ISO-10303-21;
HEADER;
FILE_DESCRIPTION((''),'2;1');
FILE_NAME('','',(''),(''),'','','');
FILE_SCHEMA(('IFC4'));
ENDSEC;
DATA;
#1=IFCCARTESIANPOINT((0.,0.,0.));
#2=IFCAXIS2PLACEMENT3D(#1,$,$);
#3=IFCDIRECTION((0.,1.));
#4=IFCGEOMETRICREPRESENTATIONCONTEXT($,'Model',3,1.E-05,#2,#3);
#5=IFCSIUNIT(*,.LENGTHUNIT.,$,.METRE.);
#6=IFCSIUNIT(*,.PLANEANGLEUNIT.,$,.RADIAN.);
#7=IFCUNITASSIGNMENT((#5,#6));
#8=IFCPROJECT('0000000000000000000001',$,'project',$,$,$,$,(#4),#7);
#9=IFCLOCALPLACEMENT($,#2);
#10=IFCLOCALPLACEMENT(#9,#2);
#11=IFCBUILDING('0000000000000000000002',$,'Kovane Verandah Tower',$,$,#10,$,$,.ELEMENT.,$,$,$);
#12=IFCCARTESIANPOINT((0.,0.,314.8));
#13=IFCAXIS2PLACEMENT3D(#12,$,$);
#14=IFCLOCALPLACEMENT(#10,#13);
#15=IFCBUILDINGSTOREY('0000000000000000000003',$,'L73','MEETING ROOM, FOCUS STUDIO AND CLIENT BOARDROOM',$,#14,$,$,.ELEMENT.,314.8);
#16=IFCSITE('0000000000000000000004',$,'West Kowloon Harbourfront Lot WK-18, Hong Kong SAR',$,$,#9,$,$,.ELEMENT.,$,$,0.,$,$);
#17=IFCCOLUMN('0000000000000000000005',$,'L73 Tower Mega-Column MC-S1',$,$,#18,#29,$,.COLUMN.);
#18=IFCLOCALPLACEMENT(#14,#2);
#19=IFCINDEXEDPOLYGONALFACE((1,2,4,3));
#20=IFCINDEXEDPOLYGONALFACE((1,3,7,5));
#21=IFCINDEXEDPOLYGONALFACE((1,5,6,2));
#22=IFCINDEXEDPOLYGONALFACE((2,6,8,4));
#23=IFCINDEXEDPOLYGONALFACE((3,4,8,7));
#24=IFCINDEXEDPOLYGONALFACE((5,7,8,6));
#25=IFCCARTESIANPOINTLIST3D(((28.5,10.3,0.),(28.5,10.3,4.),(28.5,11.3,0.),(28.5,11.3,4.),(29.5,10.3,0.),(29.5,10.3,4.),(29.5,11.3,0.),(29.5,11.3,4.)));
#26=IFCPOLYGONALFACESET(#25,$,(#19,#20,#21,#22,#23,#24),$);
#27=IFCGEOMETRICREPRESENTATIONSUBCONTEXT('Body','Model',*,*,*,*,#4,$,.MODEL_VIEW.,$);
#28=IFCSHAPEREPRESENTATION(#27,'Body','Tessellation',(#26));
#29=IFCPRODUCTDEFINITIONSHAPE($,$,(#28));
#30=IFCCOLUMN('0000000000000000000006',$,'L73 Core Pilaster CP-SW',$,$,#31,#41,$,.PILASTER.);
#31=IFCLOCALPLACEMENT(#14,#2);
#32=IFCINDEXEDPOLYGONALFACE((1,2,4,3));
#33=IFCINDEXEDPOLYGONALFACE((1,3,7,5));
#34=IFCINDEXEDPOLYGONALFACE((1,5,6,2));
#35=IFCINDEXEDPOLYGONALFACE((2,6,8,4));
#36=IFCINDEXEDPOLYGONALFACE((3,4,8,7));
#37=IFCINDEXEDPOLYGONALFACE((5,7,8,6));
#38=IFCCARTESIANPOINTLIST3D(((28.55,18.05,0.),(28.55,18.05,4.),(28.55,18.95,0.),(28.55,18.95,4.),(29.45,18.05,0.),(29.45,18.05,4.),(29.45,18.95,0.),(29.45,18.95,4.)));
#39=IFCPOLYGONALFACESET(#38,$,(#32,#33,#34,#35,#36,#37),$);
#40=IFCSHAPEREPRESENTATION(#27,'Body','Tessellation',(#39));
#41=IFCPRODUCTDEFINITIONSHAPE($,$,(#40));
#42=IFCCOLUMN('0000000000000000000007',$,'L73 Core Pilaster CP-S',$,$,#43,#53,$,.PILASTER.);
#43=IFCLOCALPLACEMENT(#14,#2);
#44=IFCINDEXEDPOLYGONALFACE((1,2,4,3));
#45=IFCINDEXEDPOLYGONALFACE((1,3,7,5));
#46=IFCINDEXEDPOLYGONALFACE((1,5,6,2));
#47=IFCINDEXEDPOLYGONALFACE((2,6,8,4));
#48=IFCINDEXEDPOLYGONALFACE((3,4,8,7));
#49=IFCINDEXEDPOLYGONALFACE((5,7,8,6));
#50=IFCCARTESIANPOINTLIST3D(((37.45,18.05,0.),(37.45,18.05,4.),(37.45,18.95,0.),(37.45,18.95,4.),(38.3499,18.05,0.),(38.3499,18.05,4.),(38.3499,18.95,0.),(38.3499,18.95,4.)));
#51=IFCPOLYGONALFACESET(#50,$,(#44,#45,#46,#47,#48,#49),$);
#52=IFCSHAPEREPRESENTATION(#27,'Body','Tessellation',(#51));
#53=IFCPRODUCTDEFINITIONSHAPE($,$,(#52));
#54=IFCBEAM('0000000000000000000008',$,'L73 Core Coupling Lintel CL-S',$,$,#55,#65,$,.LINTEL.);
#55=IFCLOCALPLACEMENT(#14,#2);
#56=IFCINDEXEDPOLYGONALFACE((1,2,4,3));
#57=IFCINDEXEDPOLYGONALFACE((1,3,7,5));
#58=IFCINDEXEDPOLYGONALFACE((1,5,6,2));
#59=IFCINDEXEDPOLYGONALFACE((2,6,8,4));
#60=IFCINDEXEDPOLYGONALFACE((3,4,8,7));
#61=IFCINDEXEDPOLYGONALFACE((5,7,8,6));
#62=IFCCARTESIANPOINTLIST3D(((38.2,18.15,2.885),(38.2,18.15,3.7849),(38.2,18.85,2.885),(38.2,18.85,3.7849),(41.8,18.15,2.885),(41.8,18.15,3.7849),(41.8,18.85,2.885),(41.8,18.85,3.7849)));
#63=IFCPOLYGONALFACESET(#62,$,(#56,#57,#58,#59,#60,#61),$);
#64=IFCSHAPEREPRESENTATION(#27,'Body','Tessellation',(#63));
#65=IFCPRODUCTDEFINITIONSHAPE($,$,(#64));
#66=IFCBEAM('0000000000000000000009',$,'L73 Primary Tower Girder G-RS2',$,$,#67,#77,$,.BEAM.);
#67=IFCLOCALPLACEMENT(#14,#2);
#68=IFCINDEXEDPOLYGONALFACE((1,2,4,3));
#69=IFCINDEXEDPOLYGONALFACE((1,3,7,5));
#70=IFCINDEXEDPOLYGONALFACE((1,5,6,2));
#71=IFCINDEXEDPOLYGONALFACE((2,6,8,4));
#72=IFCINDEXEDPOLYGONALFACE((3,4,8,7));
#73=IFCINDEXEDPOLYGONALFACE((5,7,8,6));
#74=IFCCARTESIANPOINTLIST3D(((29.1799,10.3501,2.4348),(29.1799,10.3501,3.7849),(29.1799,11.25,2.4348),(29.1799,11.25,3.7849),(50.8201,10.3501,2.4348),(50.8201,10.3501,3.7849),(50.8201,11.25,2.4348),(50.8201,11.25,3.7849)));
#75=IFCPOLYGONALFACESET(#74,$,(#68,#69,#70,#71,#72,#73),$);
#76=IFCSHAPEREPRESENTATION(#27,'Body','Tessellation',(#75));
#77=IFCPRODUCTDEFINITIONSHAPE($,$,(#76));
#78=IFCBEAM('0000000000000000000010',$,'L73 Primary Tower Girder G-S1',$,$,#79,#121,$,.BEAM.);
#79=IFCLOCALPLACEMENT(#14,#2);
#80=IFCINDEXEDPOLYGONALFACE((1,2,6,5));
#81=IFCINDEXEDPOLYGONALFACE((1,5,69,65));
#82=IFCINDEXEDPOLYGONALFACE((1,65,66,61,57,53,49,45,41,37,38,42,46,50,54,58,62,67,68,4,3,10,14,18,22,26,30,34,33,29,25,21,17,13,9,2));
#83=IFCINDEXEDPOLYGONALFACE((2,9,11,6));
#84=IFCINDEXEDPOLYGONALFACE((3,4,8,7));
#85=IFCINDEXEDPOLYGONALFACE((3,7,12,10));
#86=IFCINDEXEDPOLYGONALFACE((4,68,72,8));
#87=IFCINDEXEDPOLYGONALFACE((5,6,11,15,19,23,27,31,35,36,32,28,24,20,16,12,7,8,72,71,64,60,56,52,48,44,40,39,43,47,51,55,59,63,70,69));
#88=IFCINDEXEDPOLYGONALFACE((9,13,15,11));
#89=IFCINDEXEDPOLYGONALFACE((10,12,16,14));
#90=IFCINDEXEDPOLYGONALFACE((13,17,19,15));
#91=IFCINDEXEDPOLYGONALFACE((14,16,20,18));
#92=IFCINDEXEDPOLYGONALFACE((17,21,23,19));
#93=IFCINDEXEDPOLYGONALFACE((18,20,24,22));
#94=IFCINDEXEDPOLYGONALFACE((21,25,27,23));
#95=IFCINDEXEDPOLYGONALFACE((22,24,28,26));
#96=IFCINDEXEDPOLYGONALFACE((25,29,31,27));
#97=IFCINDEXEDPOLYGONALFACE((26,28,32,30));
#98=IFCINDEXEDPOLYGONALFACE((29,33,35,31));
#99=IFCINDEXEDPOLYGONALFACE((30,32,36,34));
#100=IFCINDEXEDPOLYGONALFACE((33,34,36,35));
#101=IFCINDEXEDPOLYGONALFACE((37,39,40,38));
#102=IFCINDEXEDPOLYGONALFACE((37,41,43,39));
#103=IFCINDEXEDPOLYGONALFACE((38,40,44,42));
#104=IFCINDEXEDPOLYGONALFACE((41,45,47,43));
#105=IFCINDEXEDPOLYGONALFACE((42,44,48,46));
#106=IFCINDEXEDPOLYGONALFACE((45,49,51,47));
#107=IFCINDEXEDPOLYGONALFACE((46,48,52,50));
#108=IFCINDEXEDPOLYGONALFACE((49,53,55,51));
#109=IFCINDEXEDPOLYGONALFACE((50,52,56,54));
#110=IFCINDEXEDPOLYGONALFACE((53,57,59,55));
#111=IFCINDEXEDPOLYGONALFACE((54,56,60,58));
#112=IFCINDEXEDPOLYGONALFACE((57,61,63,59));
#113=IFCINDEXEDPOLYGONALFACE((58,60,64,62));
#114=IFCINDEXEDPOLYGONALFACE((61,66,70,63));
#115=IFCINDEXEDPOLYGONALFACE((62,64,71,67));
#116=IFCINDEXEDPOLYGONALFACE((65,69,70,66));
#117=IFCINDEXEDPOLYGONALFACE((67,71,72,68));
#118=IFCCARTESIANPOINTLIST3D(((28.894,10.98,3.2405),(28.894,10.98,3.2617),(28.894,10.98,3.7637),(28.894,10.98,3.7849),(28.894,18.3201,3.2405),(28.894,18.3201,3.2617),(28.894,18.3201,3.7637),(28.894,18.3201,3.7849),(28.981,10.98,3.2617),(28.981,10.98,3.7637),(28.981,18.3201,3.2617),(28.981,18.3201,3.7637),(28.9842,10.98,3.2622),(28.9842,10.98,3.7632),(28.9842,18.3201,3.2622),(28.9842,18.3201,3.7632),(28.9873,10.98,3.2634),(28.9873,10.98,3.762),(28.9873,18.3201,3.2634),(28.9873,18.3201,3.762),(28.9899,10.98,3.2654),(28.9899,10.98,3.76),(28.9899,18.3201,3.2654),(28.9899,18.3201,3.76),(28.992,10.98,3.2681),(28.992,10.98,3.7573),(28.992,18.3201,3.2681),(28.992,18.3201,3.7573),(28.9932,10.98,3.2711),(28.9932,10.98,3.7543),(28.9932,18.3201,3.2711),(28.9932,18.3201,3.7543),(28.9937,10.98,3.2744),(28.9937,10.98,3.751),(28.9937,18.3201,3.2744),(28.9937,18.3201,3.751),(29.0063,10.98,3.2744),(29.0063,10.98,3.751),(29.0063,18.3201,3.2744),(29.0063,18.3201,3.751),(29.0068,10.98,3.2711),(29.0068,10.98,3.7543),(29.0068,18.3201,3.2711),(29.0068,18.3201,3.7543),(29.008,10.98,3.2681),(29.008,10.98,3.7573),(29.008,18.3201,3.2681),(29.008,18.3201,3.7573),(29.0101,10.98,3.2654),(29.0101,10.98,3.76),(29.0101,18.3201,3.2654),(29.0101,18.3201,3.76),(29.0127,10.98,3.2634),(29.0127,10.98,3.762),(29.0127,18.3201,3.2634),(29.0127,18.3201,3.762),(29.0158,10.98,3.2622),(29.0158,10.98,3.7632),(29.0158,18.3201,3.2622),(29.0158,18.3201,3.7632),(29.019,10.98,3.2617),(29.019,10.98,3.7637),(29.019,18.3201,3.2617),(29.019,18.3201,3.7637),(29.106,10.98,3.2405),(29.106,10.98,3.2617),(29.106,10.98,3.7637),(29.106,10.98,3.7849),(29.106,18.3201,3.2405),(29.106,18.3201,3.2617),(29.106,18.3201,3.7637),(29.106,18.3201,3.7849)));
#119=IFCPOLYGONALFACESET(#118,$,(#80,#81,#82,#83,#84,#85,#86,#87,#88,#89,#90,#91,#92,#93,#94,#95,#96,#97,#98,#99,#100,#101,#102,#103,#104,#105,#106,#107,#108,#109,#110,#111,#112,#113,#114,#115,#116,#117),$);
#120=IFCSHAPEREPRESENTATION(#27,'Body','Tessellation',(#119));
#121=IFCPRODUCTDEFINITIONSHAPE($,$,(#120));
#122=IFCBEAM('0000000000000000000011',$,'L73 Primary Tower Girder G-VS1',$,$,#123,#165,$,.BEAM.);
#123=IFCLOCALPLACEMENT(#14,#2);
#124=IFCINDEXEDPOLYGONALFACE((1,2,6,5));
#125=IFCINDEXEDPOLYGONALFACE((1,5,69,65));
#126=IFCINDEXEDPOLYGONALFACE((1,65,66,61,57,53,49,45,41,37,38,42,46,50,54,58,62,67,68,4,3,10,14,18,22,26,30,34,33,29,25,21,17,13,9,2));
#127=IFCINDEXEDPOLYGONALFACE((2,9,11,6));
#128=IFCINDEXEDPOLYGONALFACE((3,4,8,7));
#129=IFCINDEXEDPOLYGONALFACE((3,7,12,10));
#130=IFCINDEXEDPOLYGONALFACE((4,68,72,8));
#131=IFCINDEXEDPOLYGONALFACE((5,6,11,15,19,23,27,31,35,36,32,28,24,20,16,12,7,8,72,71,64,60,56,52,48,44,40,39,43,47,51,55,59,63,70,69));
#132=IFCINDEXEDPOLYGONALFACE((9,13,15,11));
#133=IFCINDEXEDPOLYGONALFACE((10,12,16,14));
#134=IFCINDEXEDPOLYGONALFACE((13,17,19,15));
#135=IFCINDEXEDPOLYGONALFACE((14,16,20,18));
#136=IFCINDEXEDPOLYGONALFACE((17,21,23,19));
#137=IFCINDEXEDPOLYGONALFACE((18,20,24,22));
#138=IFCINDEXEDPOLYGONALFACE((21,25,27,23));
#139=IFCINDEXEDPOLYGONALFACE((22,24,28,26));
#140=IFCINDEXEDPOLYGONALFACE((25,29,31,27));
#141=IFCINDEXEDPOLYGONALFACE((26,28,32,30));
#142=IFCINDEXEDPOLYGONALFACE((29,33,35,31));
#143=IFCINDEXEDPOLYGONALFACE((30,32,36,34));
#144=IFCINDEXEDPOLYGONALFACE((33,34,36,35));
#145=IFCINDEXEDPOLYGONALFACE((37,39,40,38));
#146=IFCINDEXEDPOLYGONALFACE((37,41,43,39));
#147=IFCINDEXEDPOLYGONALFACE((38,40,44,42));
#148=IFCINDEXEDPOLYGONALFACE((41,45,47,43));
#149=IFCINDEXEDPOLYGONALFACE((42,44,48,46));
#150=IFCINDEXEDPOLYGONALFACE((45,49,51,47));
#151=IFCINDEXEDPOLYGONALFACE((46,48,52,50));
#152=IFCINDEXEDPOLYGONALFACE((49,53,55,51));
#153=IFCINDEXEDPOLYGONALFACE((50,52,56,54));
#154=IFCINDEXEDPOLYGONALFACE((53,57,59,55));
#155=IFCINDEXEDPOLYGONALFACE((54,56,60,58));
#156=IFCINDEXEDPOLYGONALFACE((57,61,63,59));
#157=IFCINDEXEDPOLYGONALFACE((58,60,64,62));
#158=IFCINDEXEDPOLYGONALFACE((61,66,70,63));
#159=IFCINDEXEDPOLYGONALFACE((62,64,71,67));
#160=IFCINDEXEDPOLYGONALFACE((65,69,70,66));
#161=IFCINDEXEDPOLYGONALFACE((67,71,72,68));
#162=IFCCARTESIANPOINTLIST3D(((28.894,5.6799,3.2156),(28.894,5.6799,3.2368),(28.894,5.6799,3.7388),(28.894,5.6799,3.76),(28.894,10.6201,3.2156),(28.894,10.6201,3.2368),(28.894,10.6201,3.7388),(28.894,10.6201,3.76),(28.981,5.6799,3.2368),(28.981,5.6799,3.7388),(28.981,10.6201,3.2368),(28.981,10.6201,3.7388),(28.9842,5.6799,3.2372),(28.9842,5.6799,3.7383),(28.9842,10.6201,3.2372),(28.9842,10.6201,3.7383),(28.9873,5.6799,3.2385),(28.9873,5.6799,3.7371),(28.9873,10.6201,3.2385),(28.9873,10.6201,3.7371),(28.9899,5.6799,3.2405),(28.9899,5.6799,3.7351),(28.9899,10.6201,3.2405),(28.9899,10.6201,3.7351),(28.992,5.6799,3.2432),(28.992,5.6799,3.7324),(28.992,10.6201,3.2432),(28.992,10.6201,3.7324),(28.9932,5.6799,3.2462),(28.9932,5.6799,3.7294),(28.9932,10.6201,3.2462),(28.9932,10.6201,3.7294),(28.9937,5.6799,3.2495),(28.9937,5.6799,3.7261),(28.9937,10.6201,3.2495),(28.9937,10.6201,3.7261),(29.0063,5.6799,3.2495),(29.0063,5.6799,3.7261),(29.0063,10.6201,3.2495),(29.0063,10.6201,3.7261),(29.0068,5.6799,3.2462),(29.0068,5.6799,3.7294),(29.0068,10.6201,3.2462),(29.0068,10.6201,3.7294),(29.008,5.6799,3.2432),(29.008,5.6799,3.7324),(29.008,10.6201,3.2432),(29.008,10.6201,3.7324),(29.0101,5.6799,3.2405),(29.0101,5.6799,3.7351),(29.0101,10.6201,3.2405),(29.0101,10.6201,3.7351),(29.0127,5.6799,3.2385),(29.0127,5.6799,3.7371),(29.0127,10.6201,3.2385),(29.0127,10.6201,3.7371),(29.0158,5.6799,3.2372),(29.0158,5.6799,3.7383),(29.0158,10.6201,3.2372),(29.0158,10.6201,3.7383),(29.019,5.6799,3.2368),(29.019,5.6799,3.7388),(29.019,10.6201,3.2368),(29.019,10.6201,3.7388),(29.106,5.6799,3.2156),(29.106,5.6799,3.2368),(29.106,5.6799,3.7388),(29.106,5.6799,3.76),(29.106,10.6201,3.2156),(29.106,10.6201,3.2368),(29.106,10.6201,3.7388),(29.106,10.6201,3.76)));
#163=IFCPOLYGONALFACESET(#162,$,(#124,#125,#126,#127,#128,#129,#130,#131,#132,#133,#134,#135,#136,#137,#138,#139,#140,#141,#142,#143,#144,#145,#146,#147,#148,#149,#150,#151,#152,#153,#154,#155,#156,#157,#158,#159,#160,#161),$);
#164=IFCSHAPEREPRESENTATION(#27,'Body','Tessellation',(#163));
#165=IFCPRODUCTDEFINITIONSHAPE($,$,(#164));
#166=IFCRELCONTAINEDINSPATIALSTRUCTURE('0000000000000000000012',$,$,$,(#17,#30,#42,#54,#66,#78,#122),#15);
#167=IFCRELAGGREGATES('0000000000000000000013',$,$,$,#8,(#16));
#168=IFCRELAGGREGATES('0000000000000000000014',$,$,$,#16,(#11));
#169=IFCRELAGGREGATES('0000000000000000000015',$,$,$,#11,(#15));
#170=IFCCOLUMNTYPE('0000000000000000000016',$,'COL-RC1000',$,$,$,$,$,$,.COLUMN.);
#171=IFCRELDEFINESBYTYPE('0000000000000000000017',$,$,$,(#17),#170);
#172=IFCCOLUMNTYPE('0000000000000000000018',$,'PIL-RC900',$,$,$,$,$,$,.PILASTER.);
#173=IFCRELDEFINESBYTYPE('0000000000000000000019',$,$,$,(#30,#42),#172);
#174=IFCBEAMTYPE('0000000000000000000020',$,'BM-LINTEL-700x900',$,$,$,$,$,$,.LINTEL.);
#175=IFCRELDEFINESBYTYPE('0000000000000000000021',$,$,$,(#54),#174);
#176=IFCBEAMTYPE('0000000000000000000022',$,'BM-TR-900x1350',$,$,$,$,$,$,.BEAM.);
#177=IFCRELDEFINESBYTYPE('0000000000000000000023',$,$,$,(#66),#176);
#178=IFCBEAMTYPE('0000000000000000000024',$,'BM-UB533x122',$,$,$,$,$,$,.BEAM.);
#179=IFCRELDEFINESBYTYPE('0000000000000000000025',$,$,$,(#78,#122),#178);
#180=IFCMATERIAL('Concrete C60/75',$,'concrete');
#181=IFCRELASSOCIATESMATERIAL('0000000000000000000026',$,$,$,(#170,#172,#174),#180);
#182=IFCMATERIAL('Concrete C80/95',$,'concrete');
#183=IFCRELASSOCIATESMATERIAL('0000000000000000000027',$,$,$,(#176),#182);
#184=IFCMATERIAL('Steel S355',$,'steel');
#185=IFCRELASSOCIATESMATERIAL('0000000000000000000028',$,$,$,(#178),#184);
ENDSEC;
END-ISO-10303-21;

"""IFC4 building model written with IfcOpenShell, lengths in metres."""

from ifc_helpers import new_model, si_unit, direction, frame, origin, origin_2d, place, context, subcontext, project, spatial, rectangle, i_section, extrude, material, material_profile, profile_set, type_object, element, save


model = new_model("IFC4")

# Units and contexts
model_context = context("Model", 3, precision=1e-05, world=origin(), true_north=direction((0.0, 1.0)))
body_context = subcontext(model_context, "Body", "Model", "MODEL_VIEW")
ifc_project = project(units=[si_unit("LENGTHUNIT", "METRE"), si_unit("PLANEANGLEUNIT", "RADIAN")], contexts=[model_context])

# Site, building, storey
site_placement = place(None, origin())
site = spatial("IfcSite", under=ifc_project, at=site_placement, Name="West Kowloon Harbourfront Lot WK-18, Hong Kong SAR", CompositionType="ELEMENT", RefElevation=0.0)
building_placement = place(site_placement, origin())
building = spatial("IfcBuilding", under=site, at=building_placement, Name="Kovane Verandah Tower", CompositionType="ELEMENT")
storey_placement = place(building_placement, frame((0.0, 0.0, 314.8)))
storey = spatial("IfcBuildingStorey", under=building, at=storey_placement, Name="L73", Description="MEETING ROOM, FOCUS STUDIO AND CLIENT BOARDROOM", CompositionType="ELEMENT", Elevation=314.8)

# Columns
ifc_material_1 = material(Name="Concrete C60/75", Category="concrete")
ifc_material_profile_1 = material_profile(ifc_material_1, rectangle(XDim=1.0, YDim=1.0, at=origin_2d()), Name="RC1000x1000")
ifc_profile_set_1 = profile_set([ifc_material_profile_1], Name="Concrete C60/75")
column_type_1 = type_object("IfcColumnType", Name="COL-RC1000", PredefinedType="COLUMN", material=ifc_profile_set_1)
column_placement = place(storey_placement, frame((29.0, 10.8, 0.0), z_axis=(0.0, 0.0, 1.0), x_axis=(1.0, 0.0, 0.0)))
element("IfcColumn", 1, at=column_placement, inside=storey, type_object=column_type_1, Name="L73 Tower Mega-Column MC-S1", PredefinedType="COLUMN", context=body_context, shape_type="SweptSolid", body=[
    extrude(rectangle(XDim=1.0, YDim=1.0, at=origin_2d()), origin(), (0.0, 0.0, 1.0), 4.0),
])
ifc_material_profile_2 = material_profile(ifc_material_1, rectangle(XDim=0.8999, YDim=0.8999, at=origin_2d()), Name="RC900x900")
ifc_profile_set_2 = profile_set([ifc_material_profile_2], Name="Concrete C60/75")
column_type_2 = type_object("IfcColumnType", Name="PIL-RC900", PredefinedType="PILASTER", material=ifc_profile_set_2)
for number, where, z_axis, x_axis, name in (
    (2, (29.0, 18.5, 0.0), (0.0, 0.0, 1.0), (1.0, 0.0, 0.0), "L73 Core Pilaster CP-SW"),
    (3, (37.8999, 18.5, 0.0), (0.0, 0.0, 1.0), (1.0, 0.0, 0.0), "L73 Core Pilaster CP-S"),
):
    element("IfcColumn", number, at=place(storey_placement, frame(where, z_axis=z_axis, x_axis=x_axis)), inside=storey, type_object=column_type_2, Name=name, PredefinedType="PILASTER", context=body_context, shape_type="SweptSolid", body=[
        extrude(rectangle(XDim=0.8999, YDim=0.8999, at=origin_2d()), origin(), (0.0, 0.0, 1.0), 4.0),
    ])

# Beams
ifc_material_profile_3 = material_profile(ifc_material_1, rectangle(XDim=0.7, YDim=0.8999, at=origin_2d()), Name="RCB700x900")
ifc_profile_set_3 = profile_set([ifc_material_profile_3], Name="Concrete C60/75")
beam_type_1 = type_object("IfcBeamType", Name="BM-LINTEL-700x900", PredefinedType="LINTEL", material=ifc_profile_set_3)
beam_1_placement = place(storey_placement, frame((38.2, 18.5, 3.335), z_axis=(1.0, 0.0, 0.0), x_axis=(0.0, 1.0, 0.0)))
element("IfcBeam", 4, at=beam_1_placement, inside=storey, type_object=beam_type_1, Name="L73 Core Coupling Lintel CL-S", PredefinedType="LINTEL", context=body_context, shape_type="SweptSolid", body=[
    extrude(rectangle(XDim=0.7, YDim=0.8999, at=origin_2d()), origin(), (0.0, 0.0, 1.0), 3.6001),
])
ifc_material_2 = material(Name="Concrete C80/95", Category="concrete")
ifc_material_profile_4 = material_profile(ifc_material_2, rectangle(XDim=0.8999, YDim=1.3501, at=origin_2d()), Name="RCB900x1350")
ifc_profile_set_4 = profile_set([ifc_material_profile_4], Name="Concrete C80/95")
beam_type_2 = type_object("IfcBeamType", Name="BM-TR-900x1350", PredefinedType="BEAM", material=ifc_profile_set_4)
beam_2_placement = place(storey_placement, frame((29.1799, 10.8, 3.1099), z_axis=(1.0, 0.0, 0.0), x_axis=(0.0, 1.0, 0.0)))
element("IfcBeam", 5, at=beam_2_placement, inside=storey, type_object=beam_type_2, Name="L73 Primary Tower Girder G-RS2", PredefinedType="BEAM", context=body_context, shape_type="SweptSolid", body=[
    extrude(rectangle(XDim=0.8999, YDim=1.3501, at=origin_2d()), origin(), (0.0, 0.0, 1.0), 21.6401),
])
ifc_material_3 = material(Name="Steel S355", Category="steel")
ifc_material_profile_5 = material_profile(ifc_material_3, i_section(OverallWidth=0.2119, OverallDepth=0.5444, WebThickness=0.0127, FlangeThickness=0.0212, FilletRadius=0.0127, at=origin_2d()), Name="UB533x210x122")
ifc_profile_set_5 = profile_set([ifc_material_profile_5], Name="Steel S355")
beam_type_3 = type_object("IfcBeamType", Name="BM-UB533x122", PredefinedType="BEAM", material=ifc_profile_set_5)
beam_3_placement = place(storey_placement, frame((29.0, 18.3201, 3.5127), z_axis=(0.0, -1.0, 0.0), x_axis=(1.0, 0.0, 0.0)))
element("IfcBeam", 6, at=beam_3_placement, inside=storey, type_object=beam_type_3, Name="L73 Primary Tower Girder G-S1", PredefinedType="BEAM", context=body_context, shape_type="SweptSolid", body=[
    extrude(i_section(OverallWidth=0.2119, OverallDepth=0.5444, WebThickness=0.0127, FlangeThickness=0.0212, FilletRadius=0.0127, at=origin_2d()), origin(), (0.0, 0.0, 1.0), 7.3401),
])
beam_4_placement = place(storey_placement, frame((29.0, 10.6201, 3.4878), z_axis=(0.0, -1.0, 0.0), x_axis=(1.0, 0.0, 0.0)))
element("IfcBeam", 7, at=beam_4_placement, inside=storey, type_object=beam_type_3, Name="L73 Primary Tower Girder G-VS1", PredefinedType="BEAM", context=body_context, shape_type="SweptSolid", body=[
    extrude(i_section(OverallWidth=0.2119, OverallDepth=0.5444, WebThickness=0.0127, FlangeThickness=0.0212, FilletRadius=0.0127, at=origin_2d()), origin(), (0.0, 0.0, 1.0), 4.9402),
])

save(model, "model.ifc")
